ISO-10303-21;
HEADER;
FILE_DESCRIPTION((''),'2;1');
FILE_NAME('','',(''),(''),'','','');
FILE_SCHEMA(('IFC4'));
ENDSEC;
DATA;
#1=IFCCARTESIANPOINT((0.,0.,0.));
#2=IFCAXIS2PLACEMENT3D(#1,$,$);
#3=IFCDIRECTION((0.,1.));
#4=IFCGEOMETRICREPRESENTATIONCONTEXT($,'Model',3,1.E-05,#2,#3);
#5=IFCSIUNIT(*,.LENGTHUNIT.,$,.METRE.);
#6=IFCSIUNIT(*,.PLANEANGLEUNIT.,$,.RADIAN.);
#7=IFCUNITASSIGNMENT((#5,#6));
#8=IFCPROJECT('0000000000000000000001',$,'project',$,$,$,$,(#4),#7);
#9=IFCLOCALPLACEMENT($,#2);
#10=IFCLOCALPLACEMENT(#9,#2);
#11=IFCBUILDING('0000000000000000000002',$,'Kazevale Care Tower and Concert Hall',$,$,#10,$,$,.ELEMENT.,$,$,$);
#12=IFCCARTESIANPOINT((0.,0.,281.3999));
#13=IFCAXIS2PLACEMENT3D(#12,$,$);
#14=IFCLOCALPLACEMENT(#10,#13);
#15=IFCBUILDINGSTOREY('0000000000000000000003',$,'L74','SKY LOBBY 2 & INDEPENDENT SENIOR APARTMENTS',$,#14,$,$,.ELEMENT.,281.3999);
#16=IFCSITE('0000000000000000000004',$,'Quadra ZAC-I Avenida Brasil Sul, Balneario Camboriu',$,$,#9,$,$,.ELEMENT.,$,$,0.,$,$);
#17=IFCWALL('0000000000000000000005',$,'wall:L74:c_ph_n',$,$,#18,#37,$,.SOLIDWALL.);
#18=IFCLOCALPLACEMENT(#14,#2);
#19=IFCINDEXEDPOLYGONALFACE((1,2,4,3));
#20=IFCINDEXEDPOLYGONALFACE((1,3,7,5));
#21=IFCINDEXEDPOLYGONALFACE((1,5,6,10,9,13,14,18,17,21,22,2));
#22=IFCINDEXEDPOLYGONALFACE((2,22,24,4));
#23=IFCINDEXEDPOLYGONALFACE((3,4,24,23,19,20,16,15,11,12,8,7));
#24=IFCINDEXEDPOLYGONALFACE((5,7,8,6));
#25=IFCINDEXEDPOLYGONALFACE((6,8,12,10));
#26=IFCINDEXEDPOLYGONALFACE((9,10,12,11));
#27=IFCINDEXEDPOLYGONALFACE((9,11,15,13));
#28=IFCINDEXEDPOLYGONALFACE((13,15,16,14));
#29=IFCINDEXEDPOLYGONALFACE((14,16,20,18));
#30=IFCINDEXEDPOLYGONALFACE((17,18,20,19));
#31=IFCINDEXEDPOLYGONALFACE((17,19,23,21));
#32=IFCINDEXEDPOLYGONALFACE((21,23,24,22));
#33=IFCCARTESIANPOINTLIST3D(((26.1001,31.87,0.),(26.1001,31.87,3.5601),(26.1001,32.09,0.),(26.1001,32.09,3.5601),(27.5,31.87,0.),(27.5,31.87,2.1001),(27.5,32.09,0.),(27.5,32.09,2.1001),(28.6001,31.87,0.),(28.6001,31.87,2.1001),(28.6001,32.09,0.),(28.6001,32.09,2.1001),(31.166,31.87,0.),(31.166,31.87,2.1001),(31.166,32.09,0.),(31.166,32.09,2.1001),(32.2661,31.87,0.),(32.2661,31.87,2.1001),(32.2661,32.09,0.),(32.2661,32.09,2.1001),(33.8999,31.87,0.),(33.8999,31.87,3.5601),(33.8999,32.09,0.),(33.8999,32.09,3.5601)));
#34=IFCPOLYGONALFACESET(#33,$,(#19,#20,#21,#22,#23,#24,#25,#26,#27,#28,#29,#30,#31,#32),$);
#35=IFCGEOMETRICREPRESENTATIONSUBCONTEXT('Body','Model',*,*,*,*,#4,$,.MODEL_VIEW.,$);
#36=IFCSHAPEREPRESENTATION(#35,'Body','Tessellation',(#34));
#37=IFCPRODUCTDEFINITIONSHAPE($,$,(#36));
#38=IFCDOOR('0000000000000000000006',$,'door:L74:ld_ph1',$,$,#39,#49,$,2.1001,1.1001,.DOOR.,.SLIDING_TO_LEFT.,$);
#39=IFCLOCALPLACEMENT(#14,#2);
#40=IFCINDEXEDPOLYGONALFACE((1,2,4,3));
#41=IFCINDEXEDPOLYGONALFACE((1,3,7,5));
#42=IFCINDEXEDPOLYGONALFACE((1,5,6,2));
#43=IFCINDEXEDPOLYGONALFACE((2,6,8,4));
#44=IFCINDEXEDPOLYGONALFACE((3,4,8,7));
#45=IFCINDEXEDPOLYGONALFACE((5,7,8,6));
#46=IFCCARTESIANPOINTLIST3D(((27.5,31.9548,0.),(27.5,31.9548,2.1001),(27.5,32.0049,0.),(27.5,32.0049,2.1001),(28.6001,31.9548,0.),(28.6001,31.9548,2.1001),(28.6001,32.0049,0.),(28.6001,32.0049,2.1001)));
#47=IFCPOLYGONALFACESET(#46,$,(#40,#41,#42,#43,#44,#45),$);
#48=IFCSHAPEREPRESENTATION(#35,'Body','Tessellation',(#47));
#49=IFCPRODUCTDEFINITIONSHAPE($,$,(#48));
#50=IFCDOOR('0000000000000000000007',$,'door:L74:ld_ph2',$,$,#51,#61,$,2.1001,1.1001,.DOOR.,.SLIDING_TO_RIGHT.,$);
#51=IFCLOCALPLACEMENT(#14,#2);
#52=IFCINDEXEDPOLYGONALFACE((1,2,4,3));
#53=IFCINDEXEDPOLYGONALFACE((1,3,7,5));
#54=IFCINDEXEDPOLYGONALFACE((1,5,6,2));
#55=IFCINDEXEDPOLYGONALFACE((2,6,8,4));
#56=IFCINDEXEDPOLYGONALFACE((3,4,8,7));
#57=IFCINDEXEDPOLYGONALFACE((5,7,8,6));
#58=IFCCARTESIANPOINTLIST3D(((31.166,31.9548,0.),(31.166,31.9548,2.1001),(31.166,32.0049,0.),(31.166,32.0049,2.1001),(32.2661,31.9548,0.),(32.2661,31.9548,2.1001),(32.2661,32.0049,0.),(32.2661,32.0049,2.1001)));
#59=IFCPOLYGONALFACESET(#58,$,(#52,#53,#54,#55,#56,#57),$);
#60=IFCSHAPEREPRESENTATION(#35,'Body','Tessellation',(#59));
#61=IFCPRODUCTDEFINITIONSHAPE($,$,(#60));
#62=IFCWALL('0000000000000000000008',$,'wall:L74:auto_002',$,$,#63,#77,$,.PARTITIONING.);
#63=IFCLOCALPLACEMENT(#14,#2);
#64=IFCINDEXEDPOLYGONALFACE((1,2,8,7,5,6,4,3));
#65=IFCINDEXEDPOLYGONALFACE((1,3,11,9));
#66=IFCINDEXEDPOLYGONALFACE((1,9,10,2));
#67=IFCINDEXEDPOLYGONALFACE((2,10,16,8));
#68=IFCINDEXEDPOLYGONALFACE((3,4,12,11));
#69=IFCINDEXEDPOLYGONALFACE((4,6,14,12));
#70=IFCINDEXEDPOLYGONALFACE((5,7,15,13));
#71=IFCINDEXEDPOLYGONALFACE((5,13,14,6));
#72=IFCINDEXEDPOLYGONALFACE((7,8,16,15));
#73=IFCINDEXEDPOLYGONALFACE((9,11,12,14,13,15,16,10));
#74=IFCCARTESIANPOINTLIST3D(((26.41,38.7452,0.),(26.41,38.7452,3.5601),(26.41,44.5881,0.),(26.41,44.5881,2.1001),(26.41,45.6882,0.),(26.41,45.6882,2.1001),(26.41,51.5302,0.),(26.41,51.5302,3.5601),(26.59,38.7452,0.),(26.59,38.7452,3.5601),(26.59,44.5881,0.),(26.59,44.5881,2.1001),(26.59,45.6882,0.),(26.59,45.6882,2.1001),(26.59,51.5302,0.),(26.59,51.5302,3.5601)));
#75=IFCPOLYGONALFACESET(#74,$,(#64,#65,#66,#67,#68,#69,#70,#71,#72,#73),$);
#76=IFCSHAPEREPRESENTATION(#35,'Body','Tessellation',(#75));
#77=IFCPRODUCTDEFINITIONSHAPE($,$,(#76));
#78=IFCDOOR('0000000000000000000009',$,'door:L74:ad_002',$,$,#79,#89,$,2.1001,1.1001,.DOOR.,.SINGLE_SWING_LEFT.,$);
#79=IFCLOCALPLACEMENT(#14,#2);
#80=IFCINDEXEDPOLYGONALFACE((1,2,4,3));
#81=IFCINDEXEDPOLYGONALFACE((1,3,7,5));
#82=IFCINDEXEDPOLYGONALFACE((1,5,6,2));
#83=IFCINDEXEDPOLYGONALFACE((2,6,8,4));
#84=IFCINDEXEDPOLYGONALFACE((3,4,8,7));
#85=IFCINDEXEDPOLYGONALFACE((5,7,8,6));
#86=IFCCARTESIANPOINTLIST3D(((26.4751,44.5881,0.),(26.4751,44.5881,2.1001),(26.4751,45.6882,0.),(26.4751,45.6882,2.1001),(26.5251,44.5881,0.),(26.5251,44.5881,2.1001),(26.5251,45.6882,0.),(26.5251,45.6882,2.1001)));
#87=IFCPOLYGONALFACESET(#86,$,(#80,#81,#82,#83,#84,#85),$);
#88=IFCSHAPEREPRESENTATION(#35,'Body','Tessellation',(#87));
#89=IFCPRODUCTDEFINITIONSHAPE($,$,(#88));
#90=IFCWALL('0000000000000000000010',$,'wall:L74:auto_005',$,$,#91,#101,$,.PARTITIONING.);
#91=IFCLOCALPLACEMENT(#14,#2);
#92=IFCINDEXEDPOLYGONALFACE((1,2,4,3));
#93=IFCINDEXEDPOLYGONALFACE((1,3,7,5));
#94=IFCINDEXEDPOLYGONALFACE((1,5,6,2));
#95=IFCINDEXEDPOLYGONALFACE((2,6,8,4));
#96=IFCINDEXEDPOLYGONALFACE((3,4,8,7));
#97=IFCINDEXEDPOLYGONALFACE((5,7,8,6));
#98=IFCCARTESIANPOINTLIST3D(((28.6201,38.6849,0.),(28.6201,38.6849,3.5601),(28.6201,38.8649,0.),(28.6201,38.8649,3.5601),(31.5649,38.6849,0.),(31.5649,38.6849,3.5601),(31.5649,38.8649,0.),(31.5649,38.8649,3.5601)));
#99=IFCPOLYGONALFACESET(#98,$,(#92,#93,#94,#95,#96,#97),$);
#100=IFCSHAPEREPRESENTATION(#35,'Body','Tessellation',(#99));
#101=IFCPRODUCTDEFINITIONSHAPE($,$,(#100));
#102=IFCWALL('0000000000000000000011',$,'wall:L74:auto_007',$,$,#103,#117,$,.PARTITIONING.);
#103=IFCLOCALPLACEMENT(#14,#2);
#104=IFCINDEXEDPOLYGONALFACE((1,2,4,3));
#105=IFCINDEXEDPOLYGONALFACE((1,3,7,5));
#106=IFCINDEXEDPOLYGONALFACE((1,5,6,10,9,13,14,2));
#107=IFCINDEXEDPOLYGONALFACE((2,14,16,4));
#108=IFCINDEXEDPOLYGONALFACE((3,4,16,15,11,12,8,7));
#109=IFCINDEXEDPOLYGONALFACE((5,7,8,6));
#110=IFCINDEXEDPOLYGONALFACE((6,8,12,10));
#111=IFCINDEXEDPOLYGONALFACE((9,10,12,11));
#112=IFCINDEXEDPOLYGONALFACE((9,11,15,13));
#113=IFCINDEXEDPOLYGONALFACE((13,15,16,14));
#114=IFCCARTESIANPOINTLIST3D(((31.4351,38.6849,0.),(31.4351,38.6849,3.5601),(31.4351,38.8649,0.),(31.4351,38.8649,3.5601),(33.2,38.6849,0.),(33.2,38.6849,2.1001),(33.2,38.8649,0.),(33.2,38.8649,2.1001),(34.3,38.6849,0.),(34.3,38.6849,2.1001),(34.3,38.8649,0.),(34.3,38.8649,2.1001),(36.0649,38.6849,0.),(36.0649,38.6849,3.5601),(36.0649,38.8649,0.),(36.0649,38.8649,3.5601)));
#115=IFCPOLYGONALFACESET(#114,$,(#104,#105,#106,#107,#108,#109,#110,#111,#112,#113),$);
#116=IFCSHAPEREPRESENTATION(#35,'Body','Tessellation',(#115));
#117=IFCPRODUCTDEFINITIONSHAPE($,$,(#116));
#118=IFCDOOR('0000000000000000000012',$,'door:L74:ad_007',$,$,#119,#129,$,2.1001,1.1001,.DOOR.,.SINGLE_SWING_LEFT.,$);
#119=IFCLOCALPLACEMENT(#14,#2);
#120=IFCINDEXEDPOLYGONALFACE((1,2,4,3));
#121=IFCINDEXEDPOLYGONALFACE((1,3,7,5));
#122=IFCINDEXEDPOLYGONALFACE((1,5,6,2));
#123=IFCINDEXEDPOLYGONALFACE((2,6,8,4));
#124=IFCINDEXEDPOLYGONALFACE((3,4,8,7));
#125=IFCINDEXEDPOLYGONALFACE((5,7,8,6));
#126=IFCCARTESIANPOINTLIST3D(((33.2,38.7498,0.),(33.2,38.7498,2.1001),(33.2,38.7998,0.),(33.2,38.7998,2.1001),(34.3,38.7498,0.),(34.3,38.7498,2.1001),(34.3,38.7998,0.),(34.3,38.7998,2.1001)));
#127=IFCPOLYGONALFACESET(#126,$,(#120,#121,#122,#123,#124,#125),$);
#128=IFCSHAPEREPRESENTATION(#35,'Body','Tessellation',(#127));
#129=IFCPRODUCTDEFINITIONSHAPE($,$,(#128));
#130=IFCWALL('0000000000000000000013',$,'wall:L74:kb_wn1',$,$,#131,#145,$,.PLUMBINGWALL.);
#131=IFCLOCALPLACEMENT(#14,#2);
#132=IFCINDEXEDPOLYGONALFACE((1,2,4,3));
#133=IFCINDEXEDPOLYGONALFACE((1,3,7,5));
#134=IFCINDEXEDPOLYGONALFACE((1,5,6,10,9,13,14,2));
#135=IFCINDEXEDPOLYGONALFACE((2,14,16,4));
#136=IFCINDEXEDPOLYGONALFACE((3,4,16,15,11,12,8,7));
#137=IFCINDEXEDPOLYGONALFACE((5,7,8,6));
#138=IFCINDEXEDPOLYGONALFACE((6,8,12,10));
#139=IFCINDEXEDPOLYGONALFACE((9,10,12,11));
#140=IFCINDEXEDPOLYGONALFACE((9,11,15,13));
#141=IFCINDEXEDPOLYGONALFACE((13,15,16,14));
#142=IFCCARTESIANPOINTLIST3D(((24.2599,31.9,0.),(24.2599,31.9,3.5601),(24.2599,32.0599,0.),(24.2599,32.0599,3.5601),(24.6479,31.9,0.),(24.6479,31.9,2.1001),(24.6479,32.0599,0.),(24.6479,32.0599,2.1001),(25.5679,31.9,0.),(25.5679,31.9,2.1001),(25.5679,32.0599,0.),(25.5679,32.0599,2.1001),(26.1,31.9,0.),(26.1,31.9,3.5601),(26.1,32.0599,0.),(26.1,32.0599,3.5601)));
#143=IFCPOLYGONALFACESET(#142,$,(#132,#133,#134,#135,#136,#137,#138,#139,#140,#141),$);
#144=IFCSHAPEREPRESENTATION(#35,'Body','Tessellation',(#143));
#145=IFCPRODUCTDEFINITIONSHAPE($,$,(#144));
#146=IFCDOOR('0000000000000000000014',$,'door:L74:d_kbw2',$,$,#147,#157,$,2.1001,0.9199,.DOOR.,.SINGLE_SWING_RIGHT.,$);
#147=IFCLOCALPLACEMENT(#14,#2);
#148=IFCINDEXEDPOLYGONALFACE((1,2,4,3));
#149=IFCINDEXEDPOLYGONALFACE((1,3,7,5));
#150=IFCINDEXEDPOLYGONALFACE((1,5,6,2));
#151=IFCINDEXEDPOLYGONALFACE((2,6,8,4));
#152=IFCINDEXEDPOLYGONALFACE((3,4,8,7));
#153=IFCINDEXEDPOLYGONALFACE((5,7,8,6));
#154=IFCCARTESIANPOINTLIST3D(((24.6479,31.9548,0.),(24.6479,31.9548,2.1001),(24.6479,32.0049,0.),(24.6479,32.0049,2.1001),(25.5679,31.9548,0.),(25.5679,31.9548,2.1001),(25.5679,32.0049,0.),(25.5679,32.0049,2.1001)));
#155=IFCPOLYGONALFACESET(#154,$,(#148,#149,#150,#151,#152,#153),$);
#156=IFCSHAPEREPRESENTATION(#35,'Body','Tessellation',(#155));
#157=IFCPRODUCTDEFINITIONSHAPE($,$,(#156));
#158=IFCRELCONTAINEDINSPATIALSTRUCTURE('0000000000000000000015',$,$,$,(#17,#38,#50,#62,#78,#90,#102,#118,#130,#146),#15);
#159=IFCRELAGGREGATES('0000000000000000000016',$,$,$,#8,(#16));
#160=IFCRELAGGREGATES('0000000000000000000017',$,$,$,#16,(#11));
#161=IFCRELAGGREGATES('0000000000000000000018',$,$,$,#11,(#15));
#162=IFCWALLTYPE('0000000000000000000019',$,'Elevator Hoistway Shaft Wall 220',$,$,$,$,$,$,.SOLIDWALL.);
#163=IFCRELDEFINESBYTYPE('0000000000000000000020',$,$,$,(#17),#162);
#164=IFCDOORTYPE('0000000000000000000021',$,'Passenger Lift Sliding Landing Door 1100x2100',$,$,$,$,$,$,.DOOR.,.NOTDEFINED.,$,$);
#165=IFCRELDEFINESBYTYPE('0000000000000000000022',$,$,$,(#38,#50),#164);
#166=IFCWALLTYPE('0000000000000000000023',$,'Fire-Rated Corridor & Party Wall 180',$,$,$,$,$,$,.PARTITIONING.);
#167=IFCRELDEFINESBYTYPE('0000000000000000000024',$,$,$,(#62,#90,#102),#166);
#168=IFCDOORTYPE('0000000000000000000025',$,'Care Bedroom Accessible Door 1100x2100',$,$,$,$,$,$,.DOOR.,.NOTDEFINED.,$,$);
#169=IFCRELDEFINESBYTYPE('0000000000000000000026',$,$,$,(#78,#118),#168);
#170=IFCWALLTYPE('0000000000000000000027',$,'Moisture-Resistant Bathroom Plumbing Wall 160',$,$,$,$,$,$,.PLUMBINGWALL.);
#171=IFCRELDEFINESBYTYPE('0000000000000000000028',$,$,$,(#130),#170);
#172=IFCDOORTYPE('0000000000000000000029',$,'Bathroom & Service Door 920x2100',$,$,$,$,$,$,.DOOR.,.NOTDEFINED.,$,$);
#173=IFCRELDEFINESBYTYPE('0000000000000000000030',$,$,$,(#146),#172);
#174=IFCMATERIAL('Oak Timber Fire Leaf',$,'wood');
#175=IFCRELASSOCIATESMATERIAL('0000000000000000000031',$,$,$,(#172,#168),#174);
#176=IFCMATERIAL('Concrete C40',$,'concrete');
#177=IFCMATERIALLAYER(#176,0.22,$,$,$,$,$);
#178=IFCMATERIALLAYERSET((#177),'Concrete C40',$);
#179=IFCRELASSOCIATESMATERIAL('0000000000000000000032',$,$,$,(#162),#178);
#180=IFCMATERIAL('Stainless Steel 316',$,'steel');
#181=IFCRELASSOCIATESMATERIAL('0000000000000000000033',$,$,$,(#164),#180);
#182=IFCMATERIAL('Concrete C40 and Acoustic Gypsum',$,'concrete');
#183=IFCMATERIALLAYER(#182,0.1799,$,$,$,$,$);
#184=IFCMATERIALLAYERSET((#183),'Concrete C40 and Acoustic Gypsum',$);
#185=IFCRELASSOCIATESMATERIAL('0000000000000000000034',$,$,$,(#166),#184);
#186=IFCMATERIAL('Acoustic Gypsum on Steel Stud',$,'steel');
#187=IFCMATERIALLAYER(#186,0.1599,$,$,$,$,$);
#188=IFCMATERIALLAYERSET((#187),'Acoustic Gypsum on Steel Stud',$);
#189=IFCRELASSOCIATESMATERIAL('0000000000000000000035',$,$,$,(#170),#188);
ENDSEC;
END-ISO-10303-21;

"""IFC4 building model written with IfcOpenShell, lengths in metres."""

from ifc_helpers import new_model, si_unit, direction, frame, frame_2d, origin, place, context, subcontext, project, spatial, rectangle, extrude, material, layer, layer_set, type_object, element, fill, save


model = new_model("IFC4")

# Units and contexts
model_context = context("Model", 3, precision=1e-05, world=origin(), true_north=direction((0.0, 1.0)))
body_context = subcontext(model_context, "Body", "Model", "MODEL_VIEW")
ifc_project = project(units=[si_unit("LENGTHUNIT", "METRE"), si_unit("PLANEANGLEUNIT", "RADIAN")], contexts=[model_context])

# Site, building, storey
site_placement = place(None, origin())
site = spatial("IfcSite", under=ifc_project, at=site_placement, Name="Quadra ZAC-I Avenida Brasil Sul, Balneario Camboriu", CompositionType="ELEMENT", RefElevation=0.0)
building_placement = place(site_placement, origin())
building = spatial("IfcBuilding", under=site, at=building_placement, Name="Kazevale Care Tower and Concert Hall", CompositionType="ELEMENT")
storey_placement = place(building_placement, frame((0.0, 0.0, 281.3999)))
storey = spatial("IfcBuildingStorey", under=building, at=storey_placement, Name="L74", Description="SKY LOBBY 2 & INDEPENDENT SENIOR APARTMENTS", CompositionType="ELEMENT", Elevation=281.3999)

# Shared definitions
ifc_material_1 = material(Name="Acoustic Gypsum on Steel Stud", Category="steel")
ifc_material_2 = material(Name="Oak Timber Fire Leaf", Category="wood")
door_type_1 = type_object("IfcDoorType", Name="Bathroom & Service Door 920x2100", OperationType="NOTDEFINED", PredefinedType="DOOR", material=ifc_material_2)

# Shared definitions
ifc_material_3 = material(Name="Concrete C40", Category="concrete")
ifc_layer_1 = layer(ifc_material_3, 0.22)
ifc_layer_set_1 = layer_set([ifc_layer_1], Name="Concrete C40")
wall_type_1 = type_object("IfcWallType", Name="Elevator Hoistway Shaft Wall 220", PredefinedType="SOLIDWALL", material=ifc_layer_set_1)

# Wall, openings, doors
wall_1_placement = place(storey_placement, frame((26.1001, 31.98, 0.0), z_axis=(0.0, 0.0, 1.0), x_axis=(1.0, 0.0, 0.0)))
wall_1 = element("IfcWall", 1, at=wall_1_placement, inside=storey, type_object=wall_type_1, Name="wall:L74:c_ph_n", PredefinedType="SOLIDWALL", context=body_context, shape_type="SweptSolid", body=[
    extrude(rectangle(XDim=7.7998, YDim=0.22, at=frame_2d((3.8999, 0.0))), origin(), (0.0, 0.0, 1.0), 3.5601),
])
opening_1_placement = place(wall_1_placement, frame((1.3999, 0.0, 0.0)))
opening_1 = element("IfcOpeningElement", 2, at=opening_1_placement, cuts=wall_1, PredefinedType="OPENING", context=body_context, shape_type="SweptSolid", body=[
    extrude(rectangle(XDim=1.1001, YDim=2.1001, at=frame_2d((0.55, 1.05))), frame((0.0, 0.1199, 0.0), z_axis=(0.0, -1.0, 0.0), x_axis=(1.0, 0.0, 0.0)), (0.0, 0.0, 1.0), 0.24),
])
opening_2_placement = place(wall_1_placement, frame((5.0659, 0.0, 0.0)))
opening_2 = element("IfcOpeningElement", 3, at=opening_2_placement, cuts=wall_1, PredefinedType="OPENING", context=body_context, shape_type="SweptSolid", body=[
    extrude(rectangle(XDim=1.1001, YDim=2.1001, at=frame_2d((0.55, 1.05))), frame((0.0, 0.1199, 0.0), z_axis=(0.0, -1.0, 0.0), x_axis=(1.0, 0.0, 0.0)), (0.0, 0.0, 1.0), 0.24),
])
ifc_material_4 = material(Name="Stainless Steel 316", Category="steel")
door_type_2 = type_object("IfcDoorType", Name="Passenger Lift Sliding Landing Door 1100x2100", OperationType="NOTDEFINED", PredefinedType="DOOR", material=ifc_material_4)
door_1_placement = place(opening_1_placement, origin())
door_1 = element("IfcDoor", 4, at=door_1_placement, inside=storey, type_object=door_type_2, Name="door:L74:ld_ph1", OperationType="SLIDING_TO_LEFT", OverallHeight=2.1001, OverallWidth=1.1001, PredefinedType="DOOR", context=body_context, shape_type="SweptSolid", body=[
    extrude(rectangle(XDim=1.1001, YDim=2.1001, at=frame_2d((0.55, 1.05))), frame((0.0, 0.0249, 0.0), z_axis=(0.0, -1.0, 0.0), x_axis=(1.0, 0.0, 0.0)), (0.0, 0.0, 1.0), 0.05),
])
fill(opening_1, door_1)
door_2_placement = place(opening_2_placement, origin())
door_2 = element("IfcDoor", 5, at=door_2_placement, inside=storey, type_object=door_type_2, Name="door:L74:ld_ph2", OperationType="SLIDING_TO_RIGHT", OverallHeight=2.1001, OverallWidth=1.1001, PredefinedType="DOOR", context=body_context, shape_type="SweptSolid", body=[
    extrude(rectangle(XDim=1.1001, YDim=2.1001, at=frame_2d((0.55, 1.05))), frame((0.0, 0.0249, 0.0), z_axis=(0.0, -1.0, 0.0), x_axis=(1.0, 0.0, 0.0)), (0.0, 0.0, 1.0), 0.05),
])
fill(opening_2, door_2)

# Wall, opening, door
ifc_material_5 = material(Name="Concrete C40 and Acoustic Gypsum", Category="concrete")
ifc_layer_2 = layer(ifc_material_5, 0.1799)
ifc_layer_set_2 = layer_set([ifc_layer_2], Name="Concrete C40 and Acoustic Gypsum")
wall_type_2 = type_object("IfcWallType", Name="Fire-Rated Corridor & Party Wall 180", PredefinedType="PARTITIONING", material=ifc_layer_set_2)
wall_2_placement = place(storey_placement, frame((26.5, 38.7451, 0.0), z_axis=(0.0, 0.0, 1.0), x_axis=(0.0, 1.0, 0.0)))
wall_2 = element("IfcWall", 6, at=wall_2_placement, inside=storey, type_object=wall_type_2, Name="wall:L74:auto_002", PredefinedType="PARTITIONING", context=body_context, shape_type="SweptSolid", body=[
    extrude(rectangle(XDim=12.7849, YDim=0.1799, at=frame_2d((6.3926, 0.0))), origin(), (0.0, 0.0, 1.0), 3.5601),
])
opening_3_placement = place(wall_2_placement, frame((5.843, 0.0, 0.0)))
opening_3 = element("IfcOpeningElement", 7, at=opening_3_placement, cuts=wall_2, PredefinedType="OPENING", context=body_context, shape_type="SweptSolid", body=[
    extrude(rectangle(XDim=1.1001, YDim=2.1001, at=frame_2d((0.55, 1.05))), frame((0.0, 0.0999, 0.0), z_axis=(0.0, -1.0, 0.0), x_axis=(1.0, 0.0, 0.0)), (0.0, 0.0, 1.0), 0.2),
])
door_type_3 = type_object("IfcDoorType", Name="Care Bedroom Accessible Door 1100x2100", OperationType="NOTDEFINED", PredefinedType="DOOR", material=ifc_material_2)
door_3_placement = place(opening_3_placement, origin())
door_3 = element("IfcDoor", 8, at=door_3_placement, inside=storey, type_object=door_type_3, Name="door:L74:ad_002", OperationType="SINGLE_SWING_LEFT", OverallHeight=2.1001, OverallWidth=1.1001, PredefinedType="DOOR", context=body_context, shape_type="SweptSolid", body=[
    extrude(rectangle(XDim=1.1001, YDim=2.1001, at=frame_2d((0.55, 1.05))), frame((0.0, 0.0249, 0.0), z_axis=(0.0, -1.0, 0.0), x_axis=(1.0, 0.0, 0.0)), (0.0, 0.0, 1.0), 0.05),
])
fill(opening_3, door_3)

# Wall
wall_3_placement = place(storey_placement, frame((28.6201, 38.7749, 0.0), z_axis=(0.0, 0.0, 1.0), x_axis=(1.0, 0.0, 0.0)))
element("IfcWall", 9, at=wall_3_placement, inside=storey, type_object=wall_type_2, Name="wall:L74:auto_005", PredefinedType="PARTITIONING", context=body_context, shape_type="SweptSolid", body=[
    extrude(rectangle(XDim=2.9448, YDim=0.1799, at=frame_2d((1.4724, 0.0))), origin(), (0.0, 0.0, 1.0), 3.5601),
])

# Walls, openings, doors
wall_4_placement = place(storey_placement, frame((31.4351, 38.7749, 0.0), z_axis=(0.0, 0.0, 1.0), x_axis=(1.0, 0.0, 0.0)))
wall_4 = element("IfcWall", 10, at=wall_4_placement, inside=storey, type_object=wall_type_2, Name="wall:L74:auto_007", PredefinedType="PARTITIONING", context=body_context, shape_type="SweptSolid", body=[
    extrude(rectangle(XDim=4.6299, YDim=0.1799, at=frame_2d((2.3149, 0.0))), origin(), (0.0, 0.0, 1.0), 3.5601),
])
opening_4_placement = place(wall_4_placement, frame((1.7649, 0.0, 0.0)))
opening_4 = element("IfcOpeningElement", 11, at=opening_4_placement, cuts=wall_4, PredefinedType="OPENING", context=body_context, shape_type="SweptSolid", body=[
    extrude(rectangle(XDim=1.1001, YDim=2.1001, at=frame_2d((0.55, 1.05))), frame((0.0, 0.0999, 0.0), z_axis=(0.0, -1.0, 0.0), x_axis=(1.0, 0.0, 0.0)), (0.0, 0.0, 1.0), 0.2),
])
door_4_placement = place(opening_4_placement, origin())
door_4 = element("IfcDoor", 12, at=door_4_placement, inside=storey, type_object=door_type_3, Name="door:L74:ad_007", OperationType="SINGLE_SWING_LEFT", OverallHeight=2.1001, OverallWidth=1.1001, PredefinedType="DOOR", context=body_context, shape_type="SweptSolid", body=[
    extrude(rectangle(XDim=1.1001, YDim=2.1001, at=frame_2d((0.55, 1.05))), frame((0.0, 0.0249, 0.0), z_axis=(0.0, -1.0, 0.0), x_axis=(1.0, 0.0, 0.0)), (0.0, 0.0, 1.0), 0.05),
])
fill(opening_4, door_4)
ifc_layer_3 = layer(ifc_material_1, 0.1599)
ifc_layer_set_3 = layer_set([ifc_layer_3], Name="Acoustic Gypsum on Steel Stud")
wall_type_3 = type_object("IfcWallType", Name="Moisture-Resistant Bathroom Plumbing Wall 160", PredefinedType="PLUMBINGWALL", material=ifc_layer_set_3)
wall_5_placement = place(storey_placement, frame((24.26, 31.98, 0.0), z_axis=(0.0, 0.0, 1.0), x_axis=(1.0, 0.0, 0.0)))
wall_5 = element("IfcWall", 13, at=wall_5_placement, inside=storey, type_object=wall_type_3, Name="wall:L74:kb_wn1", PredefinedType="PLUMBINGWALL", context=body_context, shape_type="SweptSolid", body=[
    extrude(rectangle(XDim=1.8401, YDim=0.1599, at=frame_2d((0.9199, 0.0))), origin(), (0.0, 0.0, 1.0), 3.5601),
])
opening_5_placement = place(wall_5_placement, frame((0.3879, 0.0, 0.0)))
opening_5 = element("IfcOpeningElement", 14, at=opening_5_placement, cuts=wall_5, PredefinedType="OPENING", context=body_context, shape_type="SweptSolid", body=[
    extrude(rectangle(XDim=0.9199, YDim=2.1001, at=frame_2d((0.46, 1.05))), frame((0.0, 0.0898, 0.0), z_axis=(0.0, -1.0, 0.0), x_axis=(1.0, 0.0, 0.0)), (0.0, 0.0, 1.0), 0.1799),
])
door_5_placement = place(opening_5_placement, origin())
door_5 = element("IfcDoor", 15, at=door_5_placement, inside=storey, type_object=door_type_1, Name="door:L74:d_kbw2", OperationType="SINGLE_SWING_RIGHT", OverallHeight=2.1001, OverallWidth=0.9199, PredefinedType="DOOR", context=body_context, shape_type="SweptSolid", body=[
    extrude(rectangle(XDim=0.9199, YDim=2.1001, at=frame_2d((0.46, 1.05))), frame((0.0, 0.0249, 0.0), z_axis=(0.0, -1.0, 0.0), x_axis=(1.0, 0.0, 0.0)), (0.0, 0.0, 1.0), 0.05),
])
fill(opening_5, door_5)

save(model, "model.ifc")
